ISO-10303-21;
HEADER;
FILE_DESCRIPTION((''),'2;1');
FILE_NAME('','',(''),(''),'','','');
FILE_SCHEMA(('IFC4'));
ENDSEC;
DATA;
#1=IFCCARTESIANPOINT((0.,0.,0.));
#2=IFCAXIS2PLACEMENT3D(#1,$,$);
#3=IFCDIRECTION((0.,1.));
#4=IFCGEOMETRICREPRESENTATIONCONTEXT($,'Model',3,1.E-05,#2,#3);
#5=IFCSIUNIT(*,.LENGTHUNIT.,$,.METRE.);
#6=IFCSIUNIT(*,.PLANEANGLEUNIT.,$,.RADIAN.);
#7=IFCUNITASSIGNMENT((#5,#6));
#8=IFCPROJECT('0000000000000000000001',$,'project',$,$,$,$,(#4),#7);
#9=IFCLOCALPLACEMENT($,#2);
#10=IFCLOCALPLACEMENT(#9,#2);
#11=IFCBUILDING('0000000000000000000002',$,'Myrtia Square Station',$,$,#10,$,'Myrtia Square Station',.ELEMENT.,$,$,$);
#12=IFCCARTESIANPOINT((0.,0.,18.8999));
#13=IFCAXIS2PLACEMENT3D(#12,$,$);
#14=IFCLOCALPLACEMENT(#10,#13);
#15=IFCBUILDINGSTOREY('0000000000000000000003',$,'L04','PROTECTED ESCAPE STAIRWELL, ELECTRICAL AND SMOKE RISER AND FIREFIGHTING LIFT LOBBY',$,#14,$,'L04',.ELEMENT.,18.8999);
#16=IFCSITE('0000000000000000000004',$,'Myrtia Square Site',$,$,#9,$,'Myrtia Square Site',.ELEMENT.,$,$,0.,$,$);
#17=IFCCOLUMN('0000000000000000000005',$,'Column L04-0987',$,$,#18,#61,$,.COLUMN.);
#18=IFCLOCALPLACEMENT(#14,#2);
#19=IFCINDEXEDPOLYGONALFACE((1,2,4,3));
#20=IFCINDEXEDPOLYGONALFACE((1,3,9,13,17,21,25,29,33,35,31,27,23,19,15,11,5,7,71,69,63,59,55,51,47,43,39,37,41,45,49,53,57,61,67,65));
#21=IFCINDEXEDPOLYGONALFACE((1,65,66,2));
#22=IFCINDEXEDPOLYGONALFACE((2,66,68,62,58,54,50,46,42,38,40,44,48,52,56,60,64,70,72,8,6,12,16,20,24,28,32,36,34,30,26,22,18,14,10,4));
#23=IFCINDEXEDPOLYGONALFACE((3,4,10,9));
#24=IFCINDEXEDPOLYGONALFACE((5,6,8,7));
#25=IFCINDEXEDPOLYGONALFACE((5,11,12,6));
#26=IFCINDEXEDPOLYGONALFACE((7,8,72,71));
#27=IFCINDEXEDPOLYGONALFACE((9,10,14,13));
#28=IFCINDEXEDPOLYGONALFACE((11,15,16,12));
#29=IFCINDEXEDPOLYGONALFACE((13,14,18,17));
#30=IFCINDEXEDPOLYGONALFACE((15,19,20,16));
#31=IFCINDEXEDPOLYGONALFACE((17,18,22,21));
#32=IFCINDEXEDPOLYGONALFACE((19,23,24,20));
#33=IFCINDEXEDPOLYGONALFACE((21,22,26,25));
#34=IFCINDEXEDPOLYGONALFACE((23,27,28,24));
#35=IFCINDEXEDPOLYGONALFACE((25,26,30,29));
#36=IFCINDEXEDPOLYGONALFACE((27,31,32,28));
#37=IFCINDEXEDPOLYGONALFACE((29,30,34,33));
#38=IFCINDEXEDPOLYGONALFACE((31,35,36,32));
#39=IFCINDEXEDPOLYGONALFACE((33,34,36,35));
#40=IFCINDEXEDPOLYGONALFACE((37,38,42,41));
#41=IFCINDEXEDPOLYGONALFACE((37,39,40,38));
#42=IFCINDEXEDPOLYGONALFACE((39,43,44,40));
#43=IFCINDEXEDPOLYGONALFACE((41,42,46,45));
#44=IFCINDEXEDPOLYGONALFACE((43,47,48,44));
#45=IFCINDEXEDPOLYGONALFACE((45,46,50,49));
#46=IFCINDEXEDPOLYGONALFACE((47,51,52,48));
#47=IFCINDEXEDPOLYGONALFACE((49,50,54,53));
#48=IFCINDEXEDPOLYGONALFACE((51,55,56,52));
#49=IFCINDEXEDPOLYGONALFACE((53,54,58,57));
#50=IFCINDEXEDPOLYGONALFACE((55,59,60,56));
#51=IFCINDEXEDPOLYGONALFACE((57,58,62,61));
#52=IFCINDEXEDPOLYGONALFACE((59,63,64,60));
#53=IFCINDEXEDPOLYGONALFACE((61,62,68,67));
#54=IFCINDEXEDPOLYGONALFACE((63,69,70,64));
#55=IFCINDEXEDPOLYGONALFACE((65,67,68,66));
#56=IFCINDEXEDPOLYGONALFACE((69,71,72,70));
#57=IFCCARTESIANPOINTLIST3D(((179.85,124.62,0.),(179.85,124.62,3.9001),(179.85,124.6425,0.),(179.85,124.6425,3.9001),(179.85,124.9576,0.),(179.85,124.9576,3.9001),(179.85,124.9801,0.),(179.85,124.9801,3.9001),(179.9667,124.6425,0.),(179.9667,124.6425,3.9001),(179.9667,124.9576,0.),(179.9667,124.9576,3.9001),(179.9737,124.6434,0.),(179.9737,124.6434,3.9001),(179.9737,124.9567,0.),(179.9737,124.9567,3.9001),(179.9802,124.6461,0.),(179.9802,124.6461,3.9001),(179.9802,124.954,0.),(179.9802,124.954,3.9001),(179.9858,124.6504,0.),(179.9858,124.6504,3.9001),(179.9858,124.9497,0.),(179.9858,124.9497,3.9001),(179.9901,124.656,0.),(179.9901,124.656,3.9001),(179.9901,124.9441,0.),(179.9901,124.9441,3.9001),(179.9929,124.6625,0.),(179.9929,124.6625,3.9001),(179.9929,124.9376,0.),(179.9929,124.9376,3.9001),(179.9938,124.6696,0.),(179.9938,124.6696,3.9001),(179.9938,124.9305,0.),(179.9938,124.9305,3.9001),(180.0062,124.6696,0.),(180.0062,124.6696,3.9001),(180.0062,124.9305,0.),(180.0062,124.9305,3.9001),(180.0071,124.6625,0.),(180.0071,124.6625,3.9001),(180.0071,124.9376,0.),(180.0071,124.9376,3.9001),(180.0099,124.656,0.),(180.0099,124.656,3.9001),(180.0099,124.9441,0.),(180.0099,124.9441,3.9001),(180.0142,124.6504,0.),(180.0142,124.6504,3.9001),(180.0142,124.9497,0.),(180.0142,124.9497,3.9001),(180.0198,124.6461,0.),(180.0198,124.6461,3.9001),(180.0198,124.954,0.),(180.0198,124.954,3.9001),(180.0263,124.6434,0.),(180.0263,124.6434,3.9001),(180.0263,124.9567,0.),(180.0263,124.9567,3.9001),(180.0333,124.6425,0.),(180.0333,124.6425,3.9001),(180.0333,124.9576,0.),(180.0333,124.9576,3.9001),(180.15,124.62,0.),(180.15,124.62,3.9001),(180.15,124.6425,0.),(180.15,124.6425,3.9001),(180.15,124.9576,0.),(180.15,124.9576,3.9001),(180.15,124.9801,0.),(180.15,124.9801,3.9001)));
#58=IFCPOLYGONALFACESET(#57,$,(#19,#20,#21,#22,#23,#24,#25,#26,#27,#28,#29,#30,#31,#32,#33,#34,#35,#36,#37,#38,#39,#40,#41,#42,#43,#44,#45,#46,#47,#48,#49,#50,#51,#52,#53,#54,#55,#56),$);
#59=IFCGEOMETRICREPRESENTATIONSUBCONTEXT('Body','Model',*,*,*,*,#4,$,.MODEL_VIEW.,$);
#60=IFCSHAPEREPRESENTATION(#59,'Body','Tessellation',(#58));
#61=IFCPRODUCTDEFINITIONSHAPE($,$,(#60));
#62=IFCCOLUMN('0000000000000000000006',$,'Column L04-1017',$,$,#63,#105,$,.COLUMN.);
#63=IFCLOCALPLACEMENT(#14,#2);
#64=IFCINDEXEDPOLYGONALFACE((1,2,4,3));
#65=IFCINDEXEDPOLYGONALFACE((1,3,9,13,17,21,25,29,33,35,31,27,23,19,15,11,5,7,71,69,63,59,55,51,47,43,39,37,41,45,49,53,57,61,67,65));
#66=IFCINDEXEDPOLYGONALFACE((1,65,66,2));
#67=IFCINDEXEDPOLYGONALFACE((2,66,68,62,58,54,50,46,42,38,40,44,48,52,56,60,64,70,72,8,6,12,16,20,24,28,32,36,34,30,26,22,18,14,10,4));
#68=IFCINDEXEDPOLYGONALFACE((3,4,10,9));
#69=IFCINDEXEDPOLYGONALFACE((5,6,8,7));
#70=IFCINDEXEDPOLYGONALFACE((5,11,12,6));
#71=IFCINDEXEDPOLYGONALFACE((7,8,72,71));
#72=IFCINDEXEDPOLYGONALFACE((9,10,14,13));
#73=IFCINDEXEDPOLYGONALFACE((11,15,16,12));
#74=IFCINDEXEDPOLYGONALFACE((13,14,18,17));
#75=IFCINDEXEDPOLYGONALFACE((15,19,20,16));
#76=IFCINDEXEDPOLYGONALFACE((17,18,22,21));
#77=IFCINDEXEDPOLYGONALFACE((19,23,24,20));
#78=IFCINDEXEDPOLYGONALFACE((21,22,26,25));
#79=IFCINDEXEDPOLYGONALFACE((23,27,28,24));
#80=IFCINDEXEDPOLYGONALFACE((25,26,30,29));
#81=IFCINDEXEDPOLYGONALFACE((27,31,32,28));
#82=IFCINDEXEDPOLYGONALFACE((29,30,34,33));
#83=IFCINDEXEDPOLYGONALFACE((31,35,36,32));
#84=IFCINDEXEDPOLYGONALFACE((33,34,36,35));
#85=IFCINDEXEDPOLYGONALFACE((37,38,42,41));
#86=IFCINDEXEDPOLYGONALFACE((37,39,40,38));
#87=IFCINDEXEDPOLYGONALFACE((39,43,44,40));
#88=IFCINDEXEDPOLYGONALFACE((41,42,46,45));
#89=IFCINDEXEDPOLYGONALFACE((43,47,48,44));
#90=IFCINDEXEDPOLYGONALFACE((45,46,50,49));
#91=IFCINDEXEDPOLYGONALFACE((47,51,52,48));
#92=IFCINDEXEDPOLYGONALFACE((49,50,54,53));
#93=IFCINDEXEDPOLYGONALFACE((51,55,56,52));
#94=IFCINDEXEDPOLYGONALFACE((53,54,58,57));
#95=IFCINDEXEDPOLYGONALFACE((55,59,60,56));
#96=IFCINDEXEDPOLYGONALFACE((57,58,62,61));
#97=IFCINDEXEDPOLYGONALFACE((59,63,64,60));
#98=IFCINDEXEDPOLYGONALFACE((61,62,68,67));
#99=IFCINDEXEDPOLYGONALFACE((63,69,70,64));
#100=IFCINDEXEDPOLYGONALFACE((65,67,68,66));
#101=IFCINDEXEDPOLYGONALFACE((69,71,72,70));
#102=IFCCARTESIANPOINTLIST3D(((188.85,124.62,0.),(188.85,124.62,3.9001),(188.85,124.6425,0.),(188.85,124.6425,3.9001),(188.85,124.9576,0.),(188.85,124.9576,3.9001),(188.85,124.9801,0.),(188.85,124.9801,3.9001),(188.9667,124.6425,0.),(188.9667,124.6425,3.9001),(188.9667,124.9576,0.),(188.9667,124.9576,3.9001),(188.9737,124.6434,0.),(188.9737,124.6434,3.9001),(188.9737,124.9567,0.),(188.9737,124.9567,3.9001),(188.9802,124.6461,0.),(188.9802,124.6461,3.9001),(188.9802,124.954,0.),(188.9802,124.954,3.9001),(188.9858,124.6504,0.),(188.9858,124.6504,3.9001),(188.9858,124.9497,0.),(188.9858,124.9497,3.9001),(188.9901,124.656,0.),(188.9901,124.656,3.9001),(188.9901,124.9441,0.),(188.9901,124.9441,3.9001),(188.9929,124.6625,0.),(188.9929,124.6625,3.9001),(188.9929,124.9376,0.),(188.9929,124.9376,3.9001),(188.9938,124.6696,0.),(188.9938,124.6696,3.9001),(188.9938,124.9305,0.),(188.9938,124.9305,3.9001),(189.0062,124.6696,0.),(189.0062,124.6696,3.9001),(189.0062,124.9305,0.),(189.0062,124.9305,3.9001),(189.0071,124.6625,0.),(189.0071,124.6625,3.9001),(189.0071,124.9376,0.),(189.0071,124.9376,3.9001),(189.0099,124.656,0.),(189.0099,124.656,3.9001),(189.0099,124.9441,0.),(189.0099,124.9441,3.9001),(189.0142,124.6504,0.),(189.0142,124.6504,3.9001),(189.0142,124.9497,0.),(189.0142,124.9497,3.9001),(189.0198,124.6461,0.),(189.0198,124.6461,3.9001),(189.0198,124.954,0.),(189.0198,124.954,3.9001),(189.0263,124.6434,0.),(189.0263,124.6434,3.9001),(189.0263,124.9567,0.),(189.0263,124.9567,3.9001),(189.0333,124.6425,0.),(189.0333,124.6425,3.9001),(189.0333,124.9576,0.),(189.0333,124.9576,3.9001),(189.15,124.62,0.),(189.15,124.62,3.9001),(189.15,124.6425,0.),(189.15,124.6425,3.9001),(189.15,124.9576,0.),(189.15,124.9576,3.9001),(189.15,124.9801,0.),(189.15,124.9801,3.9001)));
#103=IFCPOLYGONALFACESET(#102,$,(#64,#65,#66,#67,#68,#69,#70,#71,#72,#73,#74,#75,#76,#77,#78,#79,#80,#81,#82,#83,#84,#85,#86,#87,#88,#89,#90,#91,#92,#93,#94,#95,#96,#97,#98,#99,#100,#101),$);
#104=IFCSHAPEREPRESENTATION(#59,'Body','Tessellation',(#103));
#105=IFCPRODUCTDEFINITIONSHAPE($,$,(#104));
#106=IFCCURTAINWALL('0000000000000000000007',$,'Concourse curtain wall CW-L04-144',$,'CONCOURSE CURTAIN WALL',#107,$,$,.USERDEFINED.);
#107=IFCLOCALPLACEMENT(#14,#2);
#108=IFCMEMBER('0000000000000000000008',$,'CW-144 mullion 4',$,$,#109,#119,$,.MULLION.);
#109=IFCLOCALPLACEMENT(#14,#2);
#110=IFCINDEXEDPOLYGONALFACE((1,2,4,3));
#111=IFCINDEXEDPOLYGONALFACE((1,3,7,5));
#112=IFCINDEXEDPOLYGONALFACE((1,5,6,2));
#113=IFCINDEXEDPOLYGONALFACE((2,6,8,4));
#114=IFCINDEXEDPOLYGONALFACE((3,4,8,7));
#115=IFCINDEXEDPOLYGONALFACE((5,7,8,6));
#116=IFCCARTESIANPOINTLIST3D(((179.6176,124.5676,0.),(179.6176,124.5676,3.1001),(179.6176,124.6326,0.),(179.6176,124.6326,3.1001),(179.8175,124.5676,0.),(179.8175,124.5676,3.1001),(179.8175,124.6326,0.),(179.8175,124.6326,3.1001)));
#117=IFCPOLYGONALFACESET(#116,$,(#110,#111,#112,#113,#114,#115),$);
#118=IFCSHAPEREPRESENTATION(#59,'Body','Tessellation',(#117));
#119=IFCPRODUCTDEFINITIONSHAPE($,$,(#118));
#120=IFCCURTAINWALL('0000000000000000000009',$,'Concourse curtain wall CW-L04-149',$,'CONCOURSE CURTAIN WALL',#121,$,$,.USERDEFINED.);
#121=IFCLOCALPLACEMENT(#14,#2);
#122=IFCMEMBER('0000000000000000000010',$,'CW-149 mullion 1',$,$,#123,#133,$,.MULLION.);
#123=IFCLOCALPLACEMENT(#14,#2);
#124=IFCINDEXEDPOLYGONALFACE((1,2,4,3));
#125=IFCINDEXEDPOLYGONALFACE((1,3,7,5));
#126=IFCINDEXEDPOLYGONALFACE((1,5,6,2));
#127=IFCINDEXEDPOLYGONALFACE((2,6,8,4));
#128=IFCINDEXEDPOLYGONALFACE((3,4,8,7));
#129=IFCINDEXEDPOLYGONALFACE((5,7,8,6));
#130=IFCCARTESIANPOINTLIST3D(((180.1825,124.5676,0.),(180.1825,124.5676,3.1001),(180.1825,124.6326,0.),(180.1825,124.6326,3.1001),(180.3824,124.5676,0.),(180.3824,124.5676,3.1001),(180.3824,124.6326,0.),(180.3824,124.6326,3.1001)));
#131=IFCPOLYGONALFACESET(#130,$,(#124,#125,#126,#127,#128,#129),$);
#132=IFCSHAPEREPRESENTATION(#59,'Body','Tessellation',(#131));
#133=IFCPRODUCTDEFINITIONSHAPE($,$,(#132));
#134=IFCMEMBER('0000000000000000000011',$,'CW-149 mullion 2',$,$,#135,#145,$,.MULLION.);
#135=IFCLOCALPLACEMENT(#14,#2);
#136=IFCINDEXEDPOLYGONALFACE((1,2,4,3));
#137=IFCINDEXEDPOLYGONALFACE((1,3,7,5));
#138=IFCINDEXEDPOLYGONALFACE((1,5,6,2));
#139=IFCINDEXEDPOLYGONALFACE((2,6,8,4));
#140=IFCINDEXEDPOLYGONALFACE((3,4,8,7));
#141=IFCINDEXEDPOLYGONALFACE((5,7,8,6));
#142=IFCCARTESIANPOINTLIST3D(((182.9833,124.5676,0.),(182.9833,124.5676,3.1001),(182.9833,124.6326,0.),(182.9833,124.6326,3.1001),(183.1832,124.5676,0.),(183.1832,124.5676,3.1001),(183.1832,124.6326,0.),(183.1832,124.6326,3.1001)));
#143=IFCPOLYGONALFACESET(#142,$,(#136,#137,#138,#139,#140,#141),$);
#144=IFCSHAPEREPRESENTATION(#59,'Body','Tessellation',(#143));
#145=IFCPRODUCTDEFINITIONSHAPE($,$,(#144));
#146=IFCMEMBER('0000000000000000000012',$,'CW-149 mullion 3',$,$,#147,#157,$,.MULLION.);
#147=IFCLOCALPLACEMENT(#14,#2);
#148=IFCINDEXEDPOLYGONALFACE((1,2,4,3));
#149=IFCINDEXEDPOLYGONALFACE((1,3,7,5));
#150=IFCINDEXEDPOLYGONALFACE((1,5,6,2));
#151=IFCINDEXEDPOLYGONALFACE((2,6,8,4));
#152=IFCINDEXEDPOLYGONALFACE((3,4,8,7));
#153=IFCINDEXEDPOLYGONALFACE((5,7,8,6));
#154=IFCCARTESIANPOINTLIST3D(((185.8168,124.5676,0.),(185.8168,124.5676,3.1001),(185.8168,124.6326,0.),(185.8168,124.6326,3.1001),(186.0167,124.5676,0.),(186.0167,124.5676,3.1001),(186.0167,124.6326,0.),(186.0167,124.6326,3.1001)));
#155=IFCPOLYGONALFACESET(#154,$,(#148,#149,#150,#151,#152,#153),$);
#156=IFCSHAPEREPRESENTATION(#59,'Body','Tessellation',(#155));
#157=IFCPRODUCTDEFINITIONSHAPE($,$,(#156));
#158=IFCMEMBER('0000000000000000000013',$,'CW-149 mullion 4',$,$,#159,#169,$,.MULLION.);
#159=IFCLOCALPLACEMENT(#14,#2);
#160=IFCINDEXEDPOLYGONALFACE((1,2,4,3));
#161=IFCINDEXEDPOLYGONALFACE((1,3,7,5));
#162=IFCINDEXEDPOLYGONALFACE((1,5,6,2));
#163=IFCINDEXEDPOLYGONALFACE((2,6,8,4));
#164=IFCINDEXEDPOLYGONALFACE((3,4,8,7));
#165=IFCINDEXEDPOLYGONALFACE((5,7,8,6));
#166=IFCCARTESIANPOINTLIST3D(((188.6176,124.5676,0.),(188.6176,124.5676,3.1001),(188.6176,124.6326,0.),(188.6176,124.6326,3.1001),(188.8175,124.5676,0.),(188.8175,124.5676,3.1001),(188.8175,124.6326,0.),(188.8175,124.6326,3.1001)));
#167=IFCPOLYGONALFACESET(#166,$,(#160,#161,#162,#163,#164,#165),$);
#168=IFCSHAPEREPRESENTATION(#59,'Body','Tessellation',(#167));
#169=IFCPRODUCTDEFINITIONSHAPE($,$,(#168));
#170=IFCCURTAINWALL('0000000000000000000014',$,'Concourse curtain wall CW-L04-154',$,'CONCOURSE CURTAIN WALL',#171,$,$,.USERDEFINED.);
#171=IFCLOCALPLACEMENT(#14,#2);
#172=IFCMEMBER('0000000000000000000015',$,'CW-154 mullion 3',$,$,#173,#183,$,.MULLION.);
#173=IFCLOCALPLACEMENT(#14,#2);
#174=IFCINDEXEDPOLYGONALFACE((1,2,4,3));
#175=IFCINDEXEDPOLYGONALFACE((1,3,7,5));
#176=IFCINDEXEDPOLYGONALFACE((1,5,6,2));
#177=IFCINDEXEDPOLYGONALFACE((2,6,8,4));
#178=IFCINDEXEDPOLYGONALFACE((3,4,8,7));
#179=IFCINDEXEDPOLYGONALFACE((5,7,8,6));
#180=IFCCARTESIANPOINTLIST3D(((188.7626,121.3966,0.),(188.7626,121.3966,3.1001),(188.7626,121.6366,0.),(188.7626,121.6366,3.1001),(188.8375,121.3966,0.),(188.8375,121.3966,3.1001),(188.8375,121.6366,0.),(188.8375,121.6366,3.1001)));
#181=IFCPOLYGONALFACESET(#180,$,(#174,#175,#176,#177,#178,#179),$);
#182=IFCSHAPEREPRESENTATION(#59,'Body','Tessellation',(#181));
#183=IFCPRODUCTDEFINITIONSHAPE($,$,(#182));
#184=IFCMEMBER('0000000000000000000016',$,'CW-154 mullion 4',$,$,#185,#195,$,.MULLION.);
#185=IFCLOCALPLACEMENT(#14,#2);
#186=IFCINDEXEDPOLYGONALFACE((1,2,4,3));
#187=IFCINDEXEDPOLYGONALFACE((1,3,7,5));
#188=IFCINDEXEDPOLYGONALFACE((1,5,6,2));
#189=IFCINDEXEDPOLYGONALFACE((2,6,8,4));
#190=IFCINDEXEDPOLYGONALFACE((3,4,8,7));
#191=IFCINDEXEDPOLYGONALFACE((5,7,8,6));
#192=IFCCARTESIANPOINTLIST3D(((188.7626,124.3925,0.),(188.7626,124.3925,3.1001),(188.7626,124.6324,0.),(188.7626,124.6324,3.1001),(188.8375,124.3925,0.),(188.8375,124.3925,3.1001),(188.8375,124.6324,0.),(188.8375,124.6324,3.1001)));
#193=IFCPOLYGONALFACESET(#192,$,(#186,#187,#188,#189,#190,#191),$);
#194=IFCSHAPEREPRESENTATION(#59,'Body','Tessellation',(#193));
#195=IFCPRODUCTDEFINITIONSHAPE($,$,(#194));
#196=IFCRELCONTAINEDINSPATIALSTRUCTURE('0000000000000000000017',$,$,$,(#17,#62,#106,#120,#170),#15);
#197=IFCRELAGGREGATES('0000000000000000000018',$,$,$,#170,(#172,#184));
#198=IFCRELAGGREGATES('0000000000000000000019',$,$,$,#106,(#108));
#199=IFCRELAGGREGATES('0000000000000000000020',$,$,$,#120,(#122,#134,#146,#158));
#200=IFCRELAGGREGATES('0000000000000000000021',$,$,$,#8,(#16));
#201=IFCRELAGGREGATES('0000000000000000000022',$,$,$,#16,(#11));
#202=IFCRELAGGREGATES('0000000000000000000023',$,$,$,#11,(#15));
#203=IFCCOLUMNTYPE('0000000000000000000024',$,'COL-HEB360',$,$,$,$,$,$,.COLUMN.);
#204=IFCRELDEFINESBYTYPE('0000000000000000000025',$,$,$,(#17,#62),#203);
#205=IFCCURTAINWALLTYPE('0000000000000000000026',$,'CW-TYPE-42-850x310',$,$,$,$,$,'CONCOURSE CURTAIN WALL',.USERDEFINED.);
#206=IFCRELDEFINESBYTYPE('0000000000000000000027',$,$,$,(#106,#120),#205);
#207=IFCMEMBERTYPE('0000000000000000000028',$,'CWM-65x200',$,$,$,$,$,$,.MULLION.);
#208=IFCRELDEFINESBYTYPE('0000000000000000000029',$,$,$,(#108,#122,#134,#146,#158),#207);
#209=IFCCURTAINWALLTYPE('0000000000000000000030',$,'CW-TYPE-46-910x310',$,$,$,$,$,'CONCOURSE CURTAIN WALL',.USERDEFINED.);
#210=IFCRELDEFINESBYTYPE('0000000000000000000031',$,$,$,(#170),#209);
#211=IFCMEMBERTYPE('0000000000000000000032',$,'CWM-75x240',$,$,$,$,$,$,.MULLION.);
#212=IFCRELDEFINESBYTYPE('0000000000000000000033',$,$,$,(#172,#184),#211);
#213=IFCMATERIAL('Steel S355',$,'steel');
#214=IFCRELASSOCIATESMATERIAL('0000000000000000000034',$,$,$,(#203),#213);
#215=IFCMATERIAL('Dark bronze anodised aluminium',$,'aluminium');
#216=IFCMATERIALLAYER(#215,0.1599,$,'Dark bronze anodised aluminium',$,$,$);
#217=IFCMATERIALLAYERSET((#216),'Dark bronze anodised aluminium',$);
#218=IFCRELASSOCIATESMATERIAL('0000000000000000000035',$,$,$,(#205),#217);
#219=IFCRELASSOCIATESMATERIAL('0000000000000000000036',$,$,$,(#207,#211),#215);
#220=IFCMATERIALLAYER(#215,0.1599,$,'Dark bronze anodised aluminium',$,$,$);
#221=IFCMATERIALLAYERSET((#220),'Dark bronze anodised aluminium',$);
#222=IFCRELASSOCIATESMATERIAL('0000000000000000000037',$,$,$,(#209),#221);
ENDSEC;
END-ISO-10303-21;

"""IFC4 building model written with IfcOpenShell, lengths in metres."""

from ifc_helpers import new_model, si_unit, direction, frame, origin, origin_2d, place, context, subcontext, project, spatial, rectangle, i_section, extrude, material, layer, layer_set, material_profile, profile_set, type_object, element, aggregate, save


model = new_model("IFC4")

# Units and contexts
model_context = context("Model", 3, precision=1e-05, world=origin(), true_north=direction((0.0, 1.0)))
body_context = subcontext(model_context, "Body", "Model", "MODEL_VIEW")
ifc_project = project(units=[si_unit("LENGTHUNIT", "METRE"), si_unit("PLANEANGLEUNIT", "RADIAN")], contexts=[model_context])

# Site, building, storey
site_placement = place(None, origin())
site = spatial("IfcSite", under=ifc_project, at=site_placement, Name="Myrtia Square Site", LongName="Myrtia Square Site", CompositionType="ELEMENT", RefElevation=0.0)
building_placement = place(site_placement, origin())
building = spatial("IfcBuilding", under=site, at=building_placement, Name="Myrtia Square Station", LongName="Myrtia Square Station", CompositionType="ELEMENT")
storey_placement = place(building_placement, frame((0.0, 0.0, 18.8999)))
storey = spatial("IfcBuildingStorey", under=building, at=storey_placement, Name="L04", Description="PROTECTED ESCAPE STAIRWELL, ELECTRICAL AND SMOKE RISER AND FIREFIGHTING LIFT LOBBY", LongName="L04", CompositionType="ELEMENT", Elevation=18.8999)

# Columns
ifc_material_1 = material(Name="Steel S355", Category="steel")
ifc_material_profile_1 = material_profile(ifc_material_1, i_section(OverallWidth=0.3, OverallDepth=0.3601, WebThickness=0.0125, FlangeThickness=0.0225, FilletRadius=0.0271, at=origin_2d()), Name="HEB 360")
ifc_profile_set_1 = profile_set([ifc_material_profile_1], Name="Steel S355")
column_type = type_object("IfcColumnType", Name="COL-HEB360", PredefinedType="COLUMN", material=ifc_profile_set_1)
for number, where, z_axis, x_axis, name in (
    (1, (180.0, 124.8, 0.0), (0.0, 0.0, 1.0), (1.0, 0.0, 0.0), "Column L04-0987"),
    (2, (189.0, 124.8, 0.0), (0.0, 0.0, 1.0), (1.0, 0.0, 0.0), "Column L04-1017"),
):
    element("IfcColumn", number, at=place(storey_placement, frame(where, z_axis=z_axis, x_axis=x_axis)), inside=storey, type_object=column_type, Name=name, PredefinedType="COLUMN", context=body_context, shape_type="SweptSolid", body=[
        extrude(i_section(OverallWidth=0.3, OverallDepth=0.3601, WebThickness=0.0125, FlangeThickness=0.0225, FilletRadius=0.0271, at=origin_2d()), origin(), (0.0, 0.0, 1.0), 3.9001),
    ])

# Curtain wall, member
ifc_material_2 = material(Name="Dark bronze anodised aluminium", Category="aluminium")
ifc_layer_1 = layer(ifc_material_2, 0.1599, Name="Dark bronze anodised aluminium")
ifc_layer_set_1 = layer_set([ifc_layer_1], Name="Dark bronze anodised aluminium")
curtain_wall_type_1 = type_object("IfcCurtainWallType", Name="CW-TYPE-42-850x310", ElementType="CONCOURSE CURTAIN WALL", PredefinedType="USERDEFINED", material=ifc_layer_set_1)
curtain_wall_1_placement = place(storey_placement, origin())
curtain_wall_1 = element("IfcCurtainWall", 3, at=curtain_wall_1_placement, inside=storey, type_object=curtain_wall_type_1, Name="Concourse curtain wall CW-L04-144", ObjectType="CONCOURSE CURTAIN WALL", PredefinedType="USERDEFINED")
ifc_material_profile_2 = material_profile(ifc_material_2, rectangle(XDim=0.0649, YDim=0.2, at=origin_2d()), Name="ALU-M 65x200")
ifc_profile_set_2 = profile_set([ifc_material_profile_2], Name="Dark bronze anodised aluminium")
member_type_1 = type_object("IfcMemberType", Name="CWM-65x200", PredefinedType="MULLION", material=ifc_profile_set_2)
member_1_placement = place(storey_placement, frame((179.7175, 124.6001, 0.0), z_axis=(0.0, 0.0, 1.0), x_axis=(0.0, 1.0, 0.0)))
member_1 = element("IfcMember", 4, at=member_1_placement, type_object=member_type_1, Name="CW-144 mullion 4", PredefinedType="MULLION", context=body_context, shape_type="SweptSolid", body=[
    extrude(rectangle(XDim=0.0649, YDim=0.2, at=origin_2d()), origin(), (0.0, 0.0, 1.0), 3.1001),
])

# Curtain walls, members
curtain_wall_2_placement = place(storey_placement, origin())
curtain_wall_2 = element("IfcCurtainWall", 5, at=curtain_wall_2_placement, inside=storey, type_object=curtain_wall_type_1, Name="Concourse curtain wall CW-L04-149", ObjectType="CONCOURSE CURTAIN WALL", PredefinedType="USERDEFINED")
member_2_placement = place(storey_placement, frame((180.2825, 124.6001, 0.0), z_axis=(0.0, 0.0, 1.0), x_axis=(0.0, 1.0, 0.0)))
member_2 = element("IfcMember", 6, at=member_2_placement, type_object=member_type_1, Name="CW-149 mullion 1", PredefinedType="MULLION", context=body_context, shape_type="SweptSolid", body=[
    extrude(rectangle(XDim=0.0649, YDim=0.2, at=origin_2d()), origin(), (0.0, 0.0, 1.0), 3.1001),
])
member_3_placement = place(storey_placement, frame((183.0833, 124.6001, 0.0), z_axis=(0.0, 0.0, 1.0), x_axis=(0.0, 1.0, 0.0)))
member_3 = element("IfcMember", 7, at=member_3_placement, type_object=member_type_1, Name="CW-149 mullion 2", PredefinedType="MULLION", context=body_context, shape_type="SweptSolid", body=[
    extrude(rectangle(XDim=0.0649, YDim=0.2, at=origin_2d()), origin(), (0.0, 0.0, 1.0), 3.1001),
])
member_4_placement = place(storey_placement, frame((185.9167, 124.6001, 0.0), z_axis=(0.0, 0.0, 1.0), x_axis=(0.0, 1.0, 0.0)))
member_4 = element("IfcMember", 8, at=member_4_placement, type_object=member_type_1, Name="CW-149 mullion 3", PredefinedType="MULLION", context=body_context, shape_type="SweptSolid", body=[
    extrude(rectangle(XDim=0.0649, YDim=0.2, at=origin_2d()), origin(), (0.0, 0.0, 1.0), 3.1001),
])
member_5_placement = place(storey_placement, frame((188.7175, 124.6001, 0.0), z_axis=(0.0, 0.0, 1.0), x_axis=(0.0, 1.0, 0.0)))
member_5 = element("IfcMember", 9, at=member_5_placement, type_object=member_type_1, Name="CW-149 mullion 4", PredefinedType="MULLION", context=body_context, shape_type="SweptSolid", body=[
    extrude(rectangle(XDim=0.0649, YDim=0.2, at=origin_2d()), origin(), (0.0, 0.0, 1.0), 3.1001),
])
ifc_layer_2 = layer(ifc_material_2, 0.1599, Name="Dark bronze anodised aluminium")
ifc_layer_set_2 = layer_set([ifc_layer_2], Name="Dark bronze anodised aluminium")
curtain_wall_type_2 = type_object("IfcCurtainWallType", Name="CW-TYPE-46-910x310", ElementType="CONCOURSE CURTAIN WALL", PredefinedType="USERDEFINED", material=ifc_layer_set_2)
curtain_wall_3_placement = place(storey_placement, origin())
curtain_wall_3 = element("IfcCurtainWall", 10, at=curtain_wall_3_placement, inside=storey, type_object=curtain_wall_type_2, Name="Concourse curtain wall CW-L04-154", ObjectType="CONCOURSE CURTAIN WALL", PredefinedType="USERDEFINED")
ifc_material_profile_3 = material_profile(ifc_material_2, rectangle(XDim=0.075, YDim=0.24, at=origin_2d()), Name="ALU-M 75x240")
ifc_profile_set_3 = profile_set([ifc_material_profile_3], Name="Dark bronze anodised aluminium")
member_type_2 = type_object("IfcMemberType", Name="CWM-75x240", PredefinedType="MULLION", material=ifc_profile_set_3)
member_6_placement = place(storey_placement, frame((188.8, 121.5166, 0.0), z_axis=(0.0, 0.0, 1.0), x_axis=(-1.0, 0.0, 0.0)))
member_6 = element("IfcMember", 11, at=member_6_placement, type_object=member_type_2, Name="CW-154 mullion 3", PredefinedType="MULLION", context=body_context, shape_type="SweptSolid", body=[
    extrude(rectangle(XDim=0.075, YDim=0.24, at=origin_2d()), origin(), (0.0, 0.0, 1.0), 3.1001),
])
member_7_placement = place(storey_placement, frame((188.8, 124.5125, 0.0), z_axis=(0.0, 0.0, 1.0), x_axis=(-1.0, 0.0, 0.0)))
member_7 = element("IfcMember", 12, at=member_7_placement, type_object=member_type_2, Name="CW-154 mullion 4", PredefinedType="MULLION", context=body_context, shape_type="SweptSolid", body=[
    extrude(rectangle(XDim=0.075, YDim=0.24, at=origin_2d()), origin(), (0.0, 0.0, 1.0), 3.1001),
])

aggregate(curtain_wall_3, [member_6, member_7])
aggregate(curtain_wall_1, [member_1])
aggregate(curtain_wall_2, [member_2, member_3, member_4, member_5])

save(model, "model.ifc")
